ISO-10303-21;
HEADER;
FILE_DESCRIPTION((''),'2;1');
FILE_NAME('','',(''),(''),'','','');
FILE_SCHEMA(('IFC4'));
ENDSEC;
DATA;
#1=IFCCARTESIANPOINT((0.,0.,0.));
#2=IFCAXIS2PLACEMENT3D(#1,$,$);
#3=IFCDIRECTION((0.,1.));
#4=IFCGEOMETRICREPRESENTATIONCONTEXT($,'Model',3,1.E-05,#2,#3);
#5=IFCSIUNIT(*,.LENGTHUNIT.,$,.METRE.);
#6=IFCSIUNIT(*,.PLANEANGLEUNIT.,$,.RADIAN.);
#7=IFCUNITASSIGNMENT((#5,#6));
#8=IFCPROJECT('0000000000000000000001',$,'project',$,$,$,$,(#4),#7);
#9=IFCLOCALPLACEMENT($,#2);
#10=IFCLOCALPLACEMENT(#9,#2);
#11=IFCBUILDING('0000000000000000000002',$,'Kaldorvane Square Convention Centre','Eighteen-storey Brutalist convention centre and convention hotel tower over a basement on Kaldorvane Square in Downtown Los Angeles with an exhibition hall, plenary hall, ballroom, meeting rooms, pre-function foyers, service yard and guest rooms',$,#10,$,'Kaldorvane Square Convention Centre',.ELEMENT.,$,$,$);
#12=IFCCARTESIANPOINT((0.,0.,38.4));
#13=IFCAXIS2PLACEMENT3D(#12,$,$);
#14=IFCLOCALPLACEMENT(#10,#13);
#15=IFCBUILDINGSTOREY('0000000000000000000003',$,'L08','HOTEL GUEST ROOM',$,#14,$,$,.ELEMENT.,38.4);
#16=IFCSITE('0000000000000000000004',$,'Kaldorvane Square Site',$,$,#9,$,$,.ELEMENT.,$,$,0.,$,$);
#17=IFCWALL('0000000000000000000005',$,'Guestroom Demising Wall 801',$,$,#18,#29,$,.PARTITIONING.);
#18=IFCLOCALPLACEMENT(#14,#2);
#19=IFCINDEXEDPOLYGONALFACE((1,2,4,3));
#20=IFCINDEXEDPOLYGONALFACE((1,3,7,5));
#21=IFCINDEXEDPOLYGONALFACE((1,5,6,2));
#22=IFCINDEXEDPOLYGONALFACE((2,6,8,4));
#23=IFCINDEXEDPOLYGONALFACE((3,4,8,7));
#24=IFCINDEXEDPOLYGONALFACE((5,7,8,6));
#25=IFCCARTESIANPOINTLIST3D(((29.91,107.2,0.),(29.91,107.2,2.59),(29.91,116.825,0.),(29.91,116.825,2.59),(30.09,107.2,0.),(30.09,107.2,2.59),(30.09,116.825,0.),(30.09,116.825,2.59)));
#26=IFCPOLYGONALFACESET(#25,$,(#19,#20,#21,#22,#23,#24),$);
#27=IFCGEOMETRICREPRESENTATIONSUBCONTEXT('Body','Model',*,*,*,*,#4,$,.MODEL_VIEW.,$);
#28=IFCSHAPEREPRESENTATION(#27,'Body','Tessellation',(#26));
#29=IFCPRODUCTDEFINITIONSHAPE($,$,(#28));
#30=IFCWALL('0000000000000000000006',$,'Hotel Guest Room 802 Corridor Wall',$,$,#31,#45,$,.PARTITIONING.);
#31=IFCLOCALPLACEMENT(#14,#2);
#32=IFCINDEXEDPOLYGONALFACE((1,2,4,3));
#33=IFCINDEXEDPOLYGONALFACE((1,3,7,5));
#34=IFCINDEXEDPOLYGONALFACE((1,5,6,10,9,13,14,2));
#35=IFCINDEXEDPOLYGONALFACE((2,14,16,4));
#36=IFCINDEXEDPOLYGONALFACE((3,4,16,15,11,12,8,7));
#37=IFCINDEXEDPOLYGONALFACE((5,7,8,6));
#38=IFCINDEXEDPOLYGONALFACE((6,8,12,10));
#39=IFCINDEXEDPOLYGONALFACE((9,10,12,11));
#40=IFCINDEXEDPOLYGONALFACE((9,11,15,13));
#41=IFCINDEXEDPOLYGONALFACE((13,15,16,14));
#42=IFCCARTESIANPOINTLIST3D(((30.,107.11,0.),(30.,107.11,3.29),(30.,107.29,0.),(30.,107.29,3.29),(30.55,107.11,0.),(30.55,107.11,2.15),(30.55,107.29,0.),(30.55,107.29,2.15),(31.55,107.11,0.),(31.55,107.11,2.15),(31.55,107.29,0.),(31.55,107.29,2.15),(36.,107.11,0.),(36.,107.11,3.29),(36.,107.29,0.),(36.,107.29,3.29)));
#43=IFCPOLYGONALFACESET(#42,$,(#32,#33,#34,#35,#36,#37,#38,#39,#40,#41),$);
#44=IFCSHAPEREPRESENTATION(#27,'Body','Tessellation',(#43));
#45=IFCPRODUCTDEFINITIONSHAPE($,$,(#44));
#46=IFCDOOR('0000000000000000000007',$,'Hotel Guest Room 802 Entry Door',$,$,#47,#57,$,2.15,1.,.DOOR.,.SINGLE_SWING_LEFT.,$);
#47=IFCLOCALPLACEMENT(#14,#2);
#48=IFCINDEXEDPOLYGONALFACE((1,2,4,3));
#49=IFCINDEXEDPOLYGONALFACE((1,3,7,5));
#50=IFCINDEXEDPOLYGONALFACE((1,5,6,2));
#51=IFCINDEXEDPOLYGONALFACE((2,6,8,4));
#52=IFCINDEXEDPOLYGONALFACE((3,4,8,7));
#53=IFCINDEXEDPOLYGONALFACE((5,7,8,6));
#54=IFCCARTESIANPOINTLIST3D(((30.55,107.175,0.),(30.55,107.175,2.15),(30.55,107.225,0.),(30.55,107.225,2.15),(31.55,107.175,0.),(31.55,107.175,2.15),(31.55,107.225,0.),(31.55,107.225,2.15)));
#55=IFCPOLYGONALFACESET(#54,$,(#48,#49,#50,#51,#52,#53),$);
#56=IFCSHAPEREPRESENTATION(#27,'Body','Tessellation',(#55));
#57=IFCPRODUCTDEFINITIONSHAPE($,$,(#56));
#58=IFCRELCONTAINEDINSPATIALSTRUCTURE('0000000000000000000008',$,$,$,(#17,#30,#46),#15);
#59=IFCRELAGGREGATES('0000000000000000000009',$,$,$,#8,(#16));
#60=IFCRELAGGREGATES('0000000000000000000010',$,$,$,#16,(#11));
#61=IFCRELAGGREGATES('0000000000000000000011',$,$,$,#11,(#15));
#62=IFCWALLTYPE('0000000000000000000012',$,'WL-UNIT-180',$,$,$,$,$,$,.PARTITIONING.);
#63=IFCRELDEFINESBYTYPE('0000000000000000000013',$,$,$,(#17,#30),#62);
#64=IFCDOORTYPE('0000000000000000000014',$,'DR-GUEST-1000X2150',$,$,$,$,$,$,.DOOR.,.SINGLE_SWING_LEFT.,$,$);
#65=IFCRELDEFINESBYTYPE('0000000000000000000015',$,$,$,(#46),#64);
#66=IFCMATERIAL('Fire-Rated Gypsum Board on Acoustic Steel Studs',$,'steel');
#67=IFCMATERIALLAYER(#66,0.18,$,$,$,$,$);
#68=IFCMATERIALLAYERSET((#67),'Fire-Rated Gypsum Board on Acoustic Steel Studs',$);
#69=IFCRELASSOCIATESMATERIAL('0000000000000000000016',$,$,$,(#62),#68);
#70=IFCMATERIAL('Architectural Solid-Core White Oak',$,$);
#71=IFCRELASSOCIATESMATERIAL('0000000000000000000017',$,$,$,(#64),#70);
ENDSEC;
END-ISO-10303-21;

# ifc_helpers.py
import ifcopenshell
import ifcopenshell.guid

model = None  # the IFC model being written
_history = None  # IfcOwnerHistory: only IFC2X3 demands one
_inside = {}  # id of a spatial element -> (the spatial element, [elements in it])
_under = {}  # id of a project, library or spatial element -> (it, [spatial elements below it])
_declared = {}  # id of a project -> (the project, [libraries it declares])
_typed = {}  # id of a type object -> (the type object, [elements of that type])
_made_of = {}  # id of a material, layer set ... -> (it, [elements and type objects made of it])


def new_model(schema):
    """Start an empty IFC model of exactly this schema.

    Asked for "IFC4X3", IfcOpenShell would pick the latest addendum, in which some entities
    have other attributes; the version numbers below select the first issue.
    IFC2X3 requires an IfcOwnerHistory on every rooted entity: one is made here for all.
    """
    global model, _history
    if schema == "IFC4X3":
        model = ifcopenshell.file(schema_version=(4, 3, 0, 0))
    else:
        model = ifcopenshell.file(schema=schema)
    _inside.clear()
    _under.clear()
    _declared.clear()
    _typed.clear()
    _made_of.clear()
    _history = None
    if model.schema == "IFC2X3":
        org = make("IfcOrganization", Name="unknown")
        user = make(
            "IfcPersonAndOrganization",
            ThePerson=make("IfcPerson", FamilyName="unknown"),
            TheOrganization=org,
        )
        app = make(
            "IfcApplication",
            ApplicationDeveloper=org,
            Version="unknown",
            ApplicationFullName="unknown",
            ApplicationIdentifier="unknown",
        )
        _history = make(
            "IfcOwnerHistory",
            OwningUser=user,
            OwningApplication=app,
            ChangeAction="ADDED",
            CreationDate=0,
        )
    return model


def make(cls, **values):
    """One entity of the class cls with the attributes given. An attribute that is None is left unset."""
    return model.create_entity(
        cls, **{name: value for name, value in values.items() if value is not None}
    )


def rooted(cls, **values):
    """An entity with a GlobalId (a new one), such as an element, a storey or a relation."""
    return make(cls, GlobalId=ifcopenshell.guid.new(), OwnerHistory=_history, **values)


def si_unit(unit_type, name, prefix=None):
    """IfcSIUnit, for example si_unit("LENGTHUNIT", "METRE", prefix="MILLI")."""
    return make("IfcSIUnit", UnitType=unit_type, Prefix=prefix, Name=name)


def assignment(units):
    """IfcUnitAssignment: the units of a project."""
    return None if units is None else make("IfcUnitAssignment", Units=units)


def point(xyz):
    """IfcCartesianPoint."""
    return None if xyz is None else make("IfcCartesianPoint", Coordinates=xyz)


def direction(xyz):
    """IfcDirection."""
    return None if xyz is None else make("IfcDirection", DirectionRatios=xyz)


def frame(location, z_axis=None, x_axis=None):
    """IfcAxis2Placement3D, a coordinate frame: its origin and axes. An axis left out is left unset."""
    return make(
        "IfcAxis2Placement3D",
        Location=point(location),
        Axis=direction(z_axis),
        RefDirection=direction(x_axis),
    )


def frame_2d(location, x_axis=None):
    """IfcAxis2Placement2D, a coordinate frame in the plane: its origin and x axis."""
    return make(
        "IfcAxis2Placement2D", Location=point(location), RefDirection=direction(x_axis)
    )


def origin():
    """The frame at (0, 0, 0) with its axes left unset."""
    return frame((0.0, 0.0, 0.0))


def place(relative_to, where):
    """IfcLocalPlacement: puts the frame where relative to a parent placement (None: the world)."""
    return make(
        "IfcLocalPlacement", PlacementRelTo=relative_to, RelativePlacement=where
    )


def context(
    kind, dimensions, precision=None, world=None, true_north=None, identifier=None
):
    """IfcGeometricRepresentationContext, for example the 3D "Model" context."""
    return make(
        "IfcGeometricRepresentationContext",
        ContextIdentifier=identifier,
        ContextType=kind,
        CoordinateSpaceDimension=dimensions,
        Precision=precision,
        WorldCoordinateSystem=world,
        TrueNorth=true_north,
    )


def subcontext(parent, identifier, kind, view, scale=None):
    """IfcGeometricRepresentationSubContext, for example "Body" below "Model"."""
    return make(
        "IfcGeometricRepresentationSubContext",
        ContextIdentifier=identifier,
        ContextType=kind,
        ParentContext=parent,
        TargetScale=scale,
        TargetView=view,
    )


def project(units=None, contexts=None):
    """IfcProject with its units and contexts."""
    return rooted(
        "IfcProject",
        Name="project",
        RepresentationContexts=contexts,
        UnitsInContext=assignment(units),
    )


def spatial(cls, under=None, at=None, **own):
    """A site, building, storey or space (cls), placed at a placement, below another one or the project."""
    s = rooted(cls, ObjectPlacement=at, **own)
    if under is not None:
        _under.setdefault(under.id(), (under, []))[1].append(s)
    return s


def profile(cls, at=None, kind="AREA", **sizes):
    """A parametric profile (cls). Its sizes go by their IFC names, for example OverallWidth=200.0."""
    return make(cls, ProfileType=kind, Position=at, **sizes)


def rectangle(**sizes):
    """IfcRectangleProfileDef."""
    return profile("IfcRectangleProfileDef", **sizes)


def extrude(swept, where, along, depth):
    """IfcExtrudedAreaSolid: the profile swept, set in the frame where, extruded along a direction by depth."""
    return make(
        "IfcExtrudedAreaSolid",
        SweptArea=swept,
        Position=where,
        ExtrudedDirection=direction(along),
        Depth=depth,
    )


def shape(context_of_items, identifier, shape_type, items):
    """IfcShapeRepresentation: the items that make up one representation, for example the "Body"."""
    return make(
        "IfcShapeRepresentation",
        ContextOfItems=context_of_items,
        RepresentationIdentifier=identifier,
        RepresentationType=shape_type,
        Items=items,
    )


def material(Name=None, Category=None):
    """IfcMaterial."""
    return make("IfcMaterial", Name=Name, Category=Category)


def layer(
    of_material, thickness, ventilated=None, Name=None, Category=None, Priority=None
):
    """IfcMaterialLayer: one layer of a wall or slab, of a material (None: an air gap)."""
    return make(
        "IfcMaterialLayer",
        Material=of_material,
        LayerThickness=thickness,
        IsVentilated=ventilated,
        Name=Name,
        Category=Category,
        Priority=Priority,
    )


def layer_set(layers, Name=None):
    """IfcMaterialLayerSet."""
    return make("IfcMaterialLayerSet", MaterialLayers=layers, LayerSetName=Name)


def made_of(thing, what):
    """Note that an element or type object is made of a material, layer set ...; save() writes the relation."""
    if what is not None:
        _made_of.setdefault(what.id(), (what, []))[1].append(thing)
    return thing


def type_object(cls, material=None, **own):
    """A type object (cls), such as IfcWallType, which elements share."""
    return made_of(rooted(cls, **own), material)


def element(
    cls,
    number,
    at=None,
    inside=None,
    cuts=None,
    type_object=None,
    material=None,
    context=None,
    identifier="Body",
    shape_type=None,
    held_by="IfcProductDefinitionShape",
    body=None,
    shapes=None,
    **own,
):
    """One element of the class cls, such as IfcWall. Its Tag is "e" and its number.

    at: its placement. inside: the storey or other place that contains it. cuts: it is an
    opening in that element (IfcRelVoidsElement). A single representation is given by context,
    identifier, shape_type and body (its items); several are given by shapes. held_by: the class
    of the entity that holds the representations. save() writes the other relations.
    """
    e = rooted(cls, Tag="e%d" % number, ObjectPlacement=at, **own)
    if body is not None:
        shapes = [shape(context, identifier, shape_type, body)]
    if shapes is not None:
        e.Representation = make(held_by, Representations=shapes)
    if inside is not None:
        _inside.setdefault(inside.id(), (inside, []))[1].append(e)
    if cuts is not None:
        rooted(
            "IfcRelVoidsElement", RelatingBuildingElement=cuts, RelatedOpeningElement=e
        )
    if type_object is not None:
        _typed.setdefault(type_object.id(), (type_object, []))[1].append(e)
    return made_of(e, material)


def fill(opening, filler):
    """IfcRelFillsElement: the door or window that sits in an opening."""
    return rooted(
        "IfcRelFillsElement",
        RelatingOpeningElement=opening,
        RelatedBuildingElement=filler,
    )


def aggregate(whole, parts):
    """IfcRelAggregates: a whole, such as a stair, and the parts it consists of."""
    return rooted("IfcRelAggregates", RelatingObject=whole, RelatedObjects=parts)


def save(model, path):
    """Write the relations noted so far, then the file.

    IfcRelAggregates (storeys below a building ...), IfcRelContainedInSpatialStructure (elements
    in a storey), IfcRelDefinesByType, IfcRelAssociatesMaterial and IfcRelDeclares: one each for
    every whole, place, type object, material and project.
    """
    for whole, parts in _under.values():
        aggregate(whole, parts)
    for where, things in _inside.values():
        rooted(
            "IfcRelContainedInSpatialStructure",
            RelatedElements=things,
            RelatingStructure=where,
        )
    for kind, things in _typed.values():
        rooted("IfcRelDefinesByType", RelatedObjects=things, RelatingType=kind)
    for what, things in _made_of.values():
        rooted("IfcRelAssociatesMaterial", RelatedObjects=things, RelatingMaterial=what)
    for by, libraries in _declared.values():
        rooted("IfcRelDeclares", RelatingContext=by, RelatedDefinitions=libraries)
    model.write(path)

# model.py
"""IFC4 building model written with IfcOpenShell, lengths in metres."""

from ifc_helpers import new_model, si_unit, direction, frame, frame_2d, origin, place, context, subcontext, project, spatial, rectangle, extrude, material, layer, layer_set, type_object, element, fill, save


model = new_model("IFC4")

# Units and contexts
model_context = context("Model", 3, precision=1e-05, world=origin(), true_north=direction((0.0, 1.0)))
body_context = subcontext(model_context, "Body", "Model", "MODEL_VIEW")
ifc_project = project(units=[si_unit("LENGTHUNIT", "METRE"), si_unit("PLANEANGLEUNIT", "RADIAN")], contexts=[model_context])

# Site, building, storey
site_placement = place(None, origin())
site = spatial("IfcSite", under=ifc_project, at=site_placement, Name="Kaldorvane Square Site", CompositionType="ELEMENT", RefElevation=0.0)
building_placement = place(site_placement, origin())
building = spatial("IfcBuilding", under=site, at=building_placement, Name="Kaldorvane Square Convention Centre", Description="Eighteen-storey Brutalist convention centre and convention hotel tower over a basement on Kaldorvane Square in Downtown Los Angeles with an exhibition hall, plenary hall, ballroom, meeting rooms, pre-function foyers, service yard and guest rooms", LongName="Kaldorvane Square Convention Centre", CompositionType="ELEMENT")
storey_placement = place(building_placement, frame((0.0, 0.0, 38.4)))
storey = spatial("IfcBuildingStorey", under=building, at=storey_placement, Name="L08", Description="HOTEL GUEST ROOM", CompositionType="ELEMENT", Elevation=38.4)

# Shared definitions
ifc_material_1 = material(Name="Fire-Rated Gypsum Board on Acoustic Steel Studs", Category="steel")
ifc_material_2 = material(Name="Architectural Solid-Core White Oak")

# Shared definitions
ifc_layer_1 = layer(ifc_material_1, 0.18)
ifc_layer_set_1 = layer_set([ifc_layer_1], Name="Fire-Rated Gypsum Board on Acoustic Steel Studs")
wall_type_1 = type_object("IfcWallType", Name="WL-UNIT-180", PredefinedType="PARTITIONING", material=ifc_layer_set_1)
door_type_1 = type_object("IfcDoorType", Name="DR-GUEST-1000X2150", OperationType="SINGLE_SWING_LEFT", PredefinedType="DOOR", material=ifc_material_2)

# Wall
wall_1_placement = place(storey_placement, frame((30.0, 107.2, 0.0), z_axis=(0.0, 0.0, 1.0), x_axis=(0.0, 1.0, 0.0)))
element("IfcWall", 1, at=wall_1_placement, inside=storey, type_object=wall_type_1, Name="Guestroom Demising Wall 801", PredefinedType="PARTITIONING", context=body_context, shape_type="SweptSolid", body=[
    extrude(rectangle(XDim=9.625, YDim=0.18, at=frame_2d((4.8125, 0.0))), origin(), (0.0, 0.0, 1.0), 2.59),
])

# Wall, opening, door
wall_2_placement = place(storey_placement, frame((30.0, 107.2, 0.0), z_axis=(0.0, 0.0, 1.0), x_axis=(1.0, 0.0, 0.0)))
wall_2 = element("IfcWall", 2, at=wall_2_placement, inside=storey, type_object=wall_type_1, Name="Hotel Guest Room 802 Corridor Wall", PredefinedType="PARTITIONING", context=body_context, shape_type="SweptSolid", body=[
    extrude(rectangle(XDim=6.0, YDim=0.18, at=frame_2d((3.0, 0.0))), origin(), (0.0, 0.0, 1.0), 3.29),
])
opening_1_placement = place(wall_2_placement, frame((0.55, 0.0, 0.0)))
opening_1 = element("IfcOpeningElement", 3, at=opening_1_placement, cuts=wall_2, PredefinedType="OPENING", context=body_context, shape_type="SweptSolid", body=[
    extrude(rectangle(XDim=1.0, YDim=2.15, at=frame_2d((0.5, 1.075))), frame((0.0, 0.105, 0.0), z_axis=(0.0, -1.0, 0.0), x_axis=(1.0, 0.0, 0.0)), (0.0, 0.0, 1.0), 0.21),
])
door_1_placement = place(opening_1_placement, origin())
door_1 = element("IfcDoor", 4, at=door_1_placement, inside=storey, type_object=door_type_1, Name="Hotel Guest Room 802 Entry Door", OperationType="SINGLE_SWING_LEFT", OverallHeight=2.15, OverallWidth=1.0, PredefinedType="DOOR", context=body_context, shape_type="SweptSolid", body=[
    extrude(rectangle(XDim=1.0, YDim=2.15, at=frame_2d((0.5, 1.075))), frame((0.0, 0.025, 0.0), z_axis=(0.0, -1.0, 0.0), x_axis=(1.0, 0.0, 0.0)), (0.0, 0.0, 1.0), 0.05),
])
fill(opening_1, door_1)

save(model, "model.ifc")
